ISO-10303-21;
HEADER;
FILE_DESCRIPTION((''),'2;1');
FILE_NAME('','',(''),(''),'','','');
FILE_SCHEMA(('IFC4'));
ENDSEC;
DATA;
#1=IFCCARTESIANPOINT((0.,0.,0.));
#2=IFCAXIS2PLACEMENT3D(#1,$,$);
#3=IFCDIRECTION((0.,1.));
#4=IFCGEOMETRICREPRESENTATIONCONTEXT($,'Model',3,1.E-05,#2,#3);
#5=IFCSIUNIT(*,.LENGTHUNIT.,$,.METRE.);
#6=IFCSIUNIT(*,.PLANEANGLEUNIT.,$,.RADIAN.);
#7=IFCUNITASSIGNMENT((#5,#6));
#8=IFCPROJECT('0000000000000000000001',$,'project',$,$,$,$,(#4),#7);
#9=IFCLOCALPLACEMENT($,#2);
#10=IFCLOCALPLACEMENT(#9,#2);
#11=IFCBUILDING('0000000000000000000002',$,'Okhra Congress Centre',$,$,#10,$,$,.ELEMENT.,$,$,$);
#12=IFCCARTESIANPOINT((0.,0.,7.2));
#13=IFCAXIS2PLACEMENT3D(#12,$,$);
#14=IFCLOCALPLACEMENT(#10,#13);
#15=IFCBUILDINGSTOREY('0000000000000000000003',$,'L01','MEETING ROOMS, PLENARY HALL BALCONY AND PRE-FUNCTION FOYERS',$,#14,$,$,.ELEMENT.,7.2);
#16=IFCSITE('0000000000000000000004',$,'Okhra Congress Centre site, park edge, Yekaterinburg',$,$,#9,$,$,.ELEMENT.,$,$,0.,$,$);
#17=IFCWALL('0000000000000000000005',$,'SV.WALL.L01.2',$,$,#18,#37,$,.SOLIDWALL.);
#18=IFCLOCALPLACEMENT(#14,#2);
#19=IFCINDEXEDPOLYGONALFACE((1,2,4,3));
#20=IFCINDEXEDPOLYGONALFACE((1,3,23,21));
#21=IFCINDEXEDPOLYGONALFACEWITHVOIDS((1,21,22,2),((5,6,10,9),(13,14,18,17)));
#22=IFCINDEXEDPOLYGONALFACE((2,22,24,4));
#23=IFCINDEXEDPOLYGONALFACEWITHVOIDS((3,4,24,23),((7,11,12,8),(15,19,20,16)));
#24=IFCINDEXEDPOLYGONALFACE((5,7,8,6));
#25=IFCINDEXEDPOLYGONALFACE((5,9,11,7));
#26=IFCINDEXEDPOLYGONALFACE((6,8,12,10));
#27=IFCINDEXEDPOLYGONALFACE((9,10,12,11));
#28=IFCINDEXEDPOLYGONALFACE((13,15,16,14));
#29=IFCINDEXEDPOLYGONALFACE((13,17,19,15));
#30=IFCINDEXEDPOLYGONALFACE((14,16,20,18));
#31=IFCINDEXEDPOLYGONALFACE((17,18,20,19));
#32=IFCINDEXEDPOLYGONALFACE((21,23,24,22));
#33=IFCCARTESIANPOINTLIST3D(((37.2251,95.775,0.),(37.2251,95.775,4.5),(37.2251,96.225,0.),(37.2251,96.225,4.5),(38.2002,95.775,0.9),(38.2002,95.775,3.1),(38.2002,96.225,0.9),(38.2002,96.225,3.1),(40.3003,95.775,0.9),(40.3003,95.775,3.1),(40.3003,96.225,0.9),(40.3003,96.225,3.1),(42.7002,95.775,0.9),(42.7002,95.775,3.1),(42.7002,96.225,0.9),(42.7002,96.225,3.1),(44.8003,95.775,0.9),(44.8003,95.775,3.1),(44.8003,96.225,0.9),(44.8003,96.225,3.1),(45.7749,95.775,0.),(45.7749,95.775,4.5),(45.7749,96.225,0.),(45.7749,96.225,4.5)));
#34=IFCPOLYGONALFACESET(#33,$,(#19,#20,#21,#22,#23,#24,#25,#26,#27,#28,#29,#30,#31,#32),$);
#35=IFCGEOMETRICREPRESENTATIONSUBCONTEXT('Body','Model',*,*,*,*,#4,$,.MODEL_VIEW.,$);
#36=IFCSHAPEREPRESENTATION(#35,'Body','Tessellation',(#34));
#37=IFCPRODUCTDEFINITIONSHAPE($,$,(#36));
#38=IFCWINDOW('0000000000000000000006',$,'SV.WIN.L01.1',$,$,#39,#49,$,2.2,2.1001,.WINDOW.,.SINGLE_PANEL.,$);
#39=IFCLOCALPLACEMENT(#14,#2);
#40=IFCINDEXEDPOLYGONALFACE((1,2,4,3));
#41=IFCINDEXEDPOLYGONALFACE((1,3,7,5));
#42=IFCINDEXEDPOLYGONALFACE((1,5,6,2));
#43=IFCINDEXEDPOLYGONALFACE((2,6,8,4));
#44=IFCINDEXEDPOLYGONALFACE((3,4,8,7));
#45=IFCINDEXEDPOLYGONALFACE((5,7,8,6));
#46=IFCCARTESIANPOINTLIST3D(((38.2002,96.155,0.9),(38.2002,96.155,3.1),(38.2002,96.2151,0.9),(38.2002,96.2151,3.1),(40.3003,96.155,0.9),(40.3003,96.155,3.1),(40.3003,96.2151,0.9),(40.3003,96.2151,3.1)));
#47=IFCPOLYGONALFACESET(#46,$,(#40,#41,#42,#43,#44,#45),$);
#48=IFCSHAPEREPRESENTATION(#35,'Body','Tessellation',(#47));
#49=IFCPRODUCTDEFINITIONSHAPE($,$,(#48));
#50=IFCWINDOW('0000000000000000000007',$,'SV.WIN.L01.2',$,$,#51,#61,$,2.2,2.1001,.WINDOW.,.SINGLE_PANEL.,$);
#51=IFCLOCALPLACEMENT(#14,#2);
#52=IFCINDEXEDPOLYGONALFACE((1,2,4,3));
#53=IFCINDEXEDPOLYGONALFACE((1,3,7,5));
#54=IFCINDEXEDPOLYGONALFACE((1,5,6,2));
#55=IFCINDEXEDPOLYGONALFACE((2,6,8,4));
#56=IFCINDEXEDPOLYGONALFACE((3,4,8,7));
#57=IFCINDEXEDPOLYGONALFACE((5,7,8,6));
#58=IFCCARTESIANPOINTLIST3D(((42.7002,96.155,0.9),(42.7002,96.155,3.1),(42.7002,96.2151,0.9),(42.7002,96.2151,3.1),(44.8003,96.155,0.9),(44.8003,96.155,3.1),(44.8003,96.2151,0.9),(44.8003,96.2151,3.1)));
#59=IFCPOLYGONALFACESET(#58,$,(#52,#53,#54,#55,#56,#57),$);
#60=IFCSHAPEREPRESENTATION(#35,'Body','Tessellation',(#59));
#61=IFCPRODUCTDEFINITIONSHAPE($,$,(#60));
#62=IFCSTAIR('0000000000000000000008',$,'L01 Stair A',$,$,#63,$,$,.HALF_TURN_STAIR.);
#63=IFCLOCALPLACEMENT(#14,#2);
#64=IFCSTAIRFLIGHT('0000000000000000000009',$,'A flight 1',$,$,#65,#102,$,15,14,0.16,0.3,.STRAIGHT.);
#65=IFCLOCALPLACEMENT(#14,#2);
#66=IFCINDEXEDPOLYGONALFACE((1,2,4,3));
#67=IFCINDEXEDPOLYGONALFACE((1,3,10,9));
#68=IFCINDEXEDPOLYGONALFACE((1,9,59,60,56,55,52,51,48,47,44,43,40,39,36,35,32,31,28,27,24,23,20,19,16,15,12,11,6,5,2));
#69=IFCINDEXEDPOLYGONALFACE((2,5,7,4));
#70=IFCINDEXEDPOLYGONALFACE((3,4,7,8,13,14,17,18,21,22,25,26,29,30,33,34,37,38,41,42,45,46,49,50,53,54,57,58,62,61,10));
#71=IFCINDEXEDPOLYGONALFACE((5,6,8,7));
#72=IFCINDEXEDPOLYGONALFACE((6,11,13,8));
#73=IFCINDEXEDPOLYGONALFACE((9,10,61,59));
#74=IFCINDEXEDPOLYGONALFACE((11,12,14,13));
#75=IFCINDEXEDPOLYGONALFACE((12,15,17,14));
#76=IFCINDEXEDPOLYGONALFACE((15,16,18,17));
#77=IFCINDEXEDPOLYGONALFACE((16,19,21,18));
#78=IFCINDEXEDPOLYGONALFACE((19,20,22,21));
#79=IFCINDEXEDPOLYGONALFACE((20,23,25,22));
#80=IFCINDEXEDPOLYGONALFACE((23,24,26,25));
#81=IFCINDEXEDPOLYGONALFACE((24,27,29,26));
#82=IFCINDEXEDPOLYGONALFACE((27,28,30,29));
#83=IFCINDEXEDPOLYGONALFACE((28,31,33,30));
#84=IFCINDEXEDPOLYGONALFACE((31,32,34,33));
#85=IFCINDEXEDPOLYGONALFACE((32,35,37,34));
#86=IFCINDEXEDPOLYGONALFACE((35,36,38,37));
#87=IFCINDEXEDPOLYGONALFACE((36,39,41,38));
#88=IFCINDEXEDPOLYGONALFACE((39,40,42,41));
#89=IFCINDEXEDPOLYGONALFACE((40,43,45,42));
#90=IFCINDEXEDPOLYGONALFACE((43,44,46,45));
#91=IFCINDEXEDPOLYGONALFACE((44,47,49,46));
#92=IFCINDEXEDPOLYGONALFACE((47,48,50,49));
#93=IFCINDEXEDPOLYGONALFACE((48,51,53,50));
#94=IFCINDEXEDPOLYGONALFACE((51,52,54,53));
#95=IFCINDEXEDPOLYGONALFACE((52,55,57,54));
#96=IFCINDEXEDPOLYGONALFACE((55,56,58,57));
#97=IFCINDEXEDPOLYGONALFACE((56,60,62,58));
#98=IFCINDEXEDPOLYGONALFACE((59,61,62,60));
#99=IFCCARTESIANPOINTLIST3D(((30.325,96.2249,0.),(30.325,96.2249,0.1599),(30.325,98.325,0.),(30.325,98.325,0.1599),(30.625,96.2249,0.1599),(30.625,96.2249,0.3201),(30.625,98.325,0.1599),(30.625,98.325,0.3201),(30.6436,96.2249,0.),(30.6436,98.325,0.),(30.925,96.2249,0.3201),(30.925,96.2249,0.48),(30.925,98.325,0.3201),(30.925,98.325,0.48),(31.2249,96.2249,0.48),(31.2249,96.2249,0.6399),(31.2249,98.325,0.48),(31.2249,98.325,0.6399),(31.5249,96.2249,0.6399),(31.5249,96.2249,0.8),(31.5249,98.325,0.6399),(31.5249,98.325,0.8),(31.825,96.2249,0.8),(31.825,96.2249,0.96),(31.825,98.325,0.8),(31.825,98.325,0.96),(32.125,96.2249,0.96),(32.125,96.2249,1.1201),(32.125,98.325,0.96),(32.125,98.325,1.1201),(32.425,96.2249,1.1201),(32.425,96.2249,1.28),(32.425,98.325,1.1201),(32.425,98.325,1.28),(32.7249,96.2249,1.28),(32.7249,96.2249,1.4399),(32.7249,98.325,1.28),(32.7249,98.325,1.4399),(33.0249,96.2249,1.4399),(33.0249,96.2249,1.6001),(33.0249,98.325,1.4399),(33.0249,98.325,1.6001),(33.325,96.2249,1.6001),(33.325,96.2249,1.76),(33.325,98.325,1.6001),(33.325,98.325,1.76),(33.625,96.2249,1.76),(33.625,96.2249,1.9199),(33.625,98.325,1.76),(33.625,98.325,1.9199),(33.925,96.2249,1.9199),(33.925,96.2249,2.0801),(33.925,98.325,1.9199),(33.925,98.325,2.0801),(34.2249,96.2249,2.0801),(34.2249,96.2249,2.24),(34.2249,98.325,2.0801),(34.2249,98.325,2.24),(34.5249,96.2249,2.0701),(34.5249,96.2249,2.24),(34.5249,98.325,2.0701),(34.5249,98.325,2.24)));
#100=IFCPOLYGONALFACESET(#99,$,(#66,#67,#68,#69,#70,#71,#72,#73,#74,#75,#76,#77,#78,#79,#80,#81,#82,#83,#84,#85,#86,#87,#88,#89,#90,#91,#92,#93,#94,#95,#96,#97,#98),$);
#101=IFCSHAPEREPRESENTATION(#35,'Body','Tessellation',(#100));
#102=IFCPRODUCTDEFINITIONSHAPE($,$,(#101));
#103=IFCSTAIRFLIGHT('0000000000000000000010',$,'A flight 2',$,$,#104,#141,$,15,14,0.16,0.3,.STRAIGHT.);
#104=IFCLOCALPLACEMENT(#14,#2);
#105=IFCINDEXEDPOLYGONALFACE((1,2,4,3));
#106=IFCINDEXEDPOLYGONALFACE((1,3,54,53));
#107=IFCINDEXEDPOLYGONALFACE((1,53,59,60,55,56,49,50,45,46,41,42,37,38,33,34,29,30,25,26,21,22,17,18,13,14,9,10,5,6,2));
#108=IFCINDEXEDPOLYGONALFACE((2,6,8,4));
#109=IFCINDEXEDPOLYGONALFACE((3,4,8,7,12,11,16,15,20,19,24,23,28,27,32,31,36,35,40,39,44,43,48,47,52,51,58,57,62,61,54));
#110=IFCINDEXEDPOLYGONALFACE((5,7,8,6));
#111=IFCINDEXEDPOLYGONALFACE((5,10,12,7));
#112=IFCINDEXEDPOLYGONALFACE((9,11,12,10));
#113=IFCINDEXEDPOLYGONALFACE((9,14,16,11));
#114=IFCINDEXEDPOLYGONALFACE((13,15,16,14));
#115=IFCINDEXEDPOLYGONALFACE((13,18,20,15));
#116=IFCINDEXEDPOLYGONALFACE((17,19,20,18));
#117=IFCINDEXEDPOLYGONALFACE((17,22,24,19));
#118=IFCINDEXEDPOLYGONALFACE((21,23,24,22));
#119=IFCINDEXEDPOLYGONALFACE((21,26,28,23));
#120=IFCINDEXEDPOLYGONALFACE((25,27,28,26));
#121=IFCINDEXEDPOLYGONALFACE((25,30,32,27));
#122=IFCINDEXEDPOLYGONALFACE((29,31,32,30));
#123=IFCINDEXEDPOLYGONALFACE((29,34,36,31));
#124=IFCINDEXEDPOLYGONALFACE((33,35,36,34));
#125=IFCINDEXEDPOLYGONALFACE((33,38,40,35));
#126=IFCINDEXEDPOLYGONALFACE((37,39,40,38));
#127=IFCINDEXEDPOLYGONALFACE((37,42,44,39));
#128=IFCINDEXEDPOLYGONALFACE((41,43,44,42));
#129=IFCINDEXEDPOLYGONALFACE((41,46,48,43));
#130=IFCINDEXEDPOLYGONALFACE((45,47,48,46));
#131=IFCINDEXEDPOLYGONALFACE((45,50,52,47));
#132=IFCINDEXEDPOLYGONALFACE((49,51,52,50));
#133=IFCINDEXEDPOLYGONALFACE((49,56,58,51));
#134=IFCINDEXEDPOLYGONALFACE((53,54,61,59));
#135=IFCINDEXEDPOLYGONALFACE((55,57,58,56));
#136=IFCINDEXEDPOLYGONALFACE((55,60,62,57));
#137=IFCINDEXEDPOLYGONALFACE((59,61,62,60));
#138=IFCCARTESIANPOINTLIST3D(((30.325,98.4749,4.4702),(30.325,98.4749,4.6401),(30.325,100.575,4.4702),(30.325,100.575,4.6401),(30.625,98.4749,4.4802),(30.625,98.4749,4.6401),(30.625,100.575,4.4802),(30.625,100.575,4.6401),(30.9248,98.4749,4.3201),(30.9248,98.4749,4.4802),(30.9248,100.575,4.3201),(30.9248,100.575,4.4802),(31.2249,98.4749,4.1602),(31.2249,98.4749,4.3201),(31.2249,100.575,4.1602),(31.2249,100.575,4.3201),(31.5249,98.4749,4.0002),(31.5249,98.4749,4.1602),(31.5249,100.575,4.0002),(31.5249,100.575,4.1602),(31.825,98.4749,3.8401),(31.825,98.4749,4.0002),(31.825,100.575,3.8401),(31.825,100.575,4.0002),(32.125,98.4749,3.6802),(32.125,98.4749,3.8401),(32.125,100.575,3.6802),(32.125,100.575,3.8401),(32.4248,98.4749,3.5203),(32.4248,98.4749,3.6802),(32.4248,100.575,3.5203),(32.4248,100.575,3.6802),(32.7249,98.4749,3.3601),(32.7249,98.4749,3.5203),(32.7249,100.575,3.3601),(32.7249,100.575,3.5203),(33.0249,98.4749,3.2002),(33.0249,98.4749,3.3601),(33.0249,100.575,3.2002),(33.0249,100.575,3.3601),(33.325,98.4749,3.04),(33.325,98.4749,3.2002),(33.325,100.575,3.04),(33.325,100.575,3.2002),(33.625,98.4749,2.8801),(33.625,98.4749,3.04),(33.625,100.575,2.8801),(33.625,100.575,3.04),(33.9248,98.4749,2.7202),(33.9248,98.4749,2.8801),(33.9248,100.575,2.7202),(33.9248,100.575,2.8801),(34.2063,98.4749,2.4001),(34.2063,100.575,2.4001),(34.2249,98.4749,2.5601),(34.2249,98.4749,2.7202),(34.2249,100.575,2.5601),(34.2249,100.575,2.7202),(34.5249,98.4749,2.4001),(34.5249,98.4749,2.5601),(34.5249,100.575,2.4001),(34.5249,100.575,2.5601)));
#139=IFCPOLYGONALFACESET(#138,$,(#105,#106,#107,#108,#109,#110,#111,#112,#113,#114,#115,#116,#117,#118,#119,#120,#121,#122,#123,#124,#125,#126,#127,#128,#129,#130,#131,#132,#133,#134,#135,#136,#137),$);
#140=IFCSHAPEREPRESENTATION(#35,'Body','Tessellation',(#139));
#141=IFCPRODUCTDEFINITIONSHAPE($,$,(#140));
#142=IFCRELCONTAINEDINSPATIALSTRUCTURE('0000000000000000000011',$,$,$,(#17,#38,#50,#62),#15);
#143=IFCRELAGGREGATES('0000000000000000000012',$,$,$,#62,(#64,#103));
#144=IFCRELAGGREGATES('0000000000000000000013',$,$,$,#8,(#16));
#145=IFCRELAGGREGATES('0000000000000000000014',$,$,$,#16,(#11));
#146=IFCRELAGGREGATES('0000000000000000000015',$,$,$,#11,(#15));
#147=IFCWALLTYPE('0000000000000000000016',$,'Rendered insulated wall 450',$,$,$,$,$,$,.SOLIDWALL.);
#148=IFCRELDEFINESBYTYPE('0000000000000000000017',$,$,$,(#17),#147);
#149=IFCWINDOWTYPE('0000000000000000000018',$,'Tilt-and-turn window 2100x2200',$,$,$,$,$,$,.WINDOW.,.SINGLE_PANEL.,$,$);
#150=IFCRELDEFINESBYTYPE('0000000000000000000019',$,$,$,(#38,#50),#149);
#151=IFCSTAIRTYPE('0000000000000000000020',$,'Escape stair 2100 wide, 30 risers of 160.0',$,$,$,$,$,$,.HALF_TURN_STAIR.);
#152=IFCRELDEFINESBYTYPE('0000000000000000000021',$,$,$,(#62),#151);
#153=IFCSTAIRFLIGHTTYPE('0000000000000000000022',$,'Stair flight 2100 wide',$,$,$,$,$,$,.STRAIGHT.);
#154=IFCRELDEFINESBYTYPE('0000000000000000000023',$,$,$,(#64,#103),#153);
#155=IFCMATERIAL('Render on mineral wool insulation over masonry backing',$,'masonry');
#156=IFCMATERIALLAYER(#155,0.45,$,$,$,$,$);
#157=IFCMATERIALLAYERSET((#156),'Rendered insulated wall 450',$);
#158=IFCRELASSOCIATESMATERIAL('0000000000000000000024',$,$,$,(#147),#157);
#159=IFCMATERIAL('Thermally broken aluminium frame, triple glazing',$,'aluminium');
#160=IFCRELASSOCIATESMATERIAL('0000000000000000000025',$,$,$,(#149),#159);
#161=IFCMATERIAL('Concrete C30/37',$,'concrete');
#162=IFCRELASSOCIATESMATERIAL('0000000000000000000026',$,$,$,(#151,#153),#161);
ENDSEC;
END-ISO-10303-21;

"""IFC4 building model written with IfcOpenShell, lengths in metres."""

from ifc_helpers import new_model, si_unit, direction, frame, frame_2d, origin, place, context, subcontext, project, spatial, polyline, rectangle, outline, extrude, material, layer, layer_set, type_object, element, fill, aggregate, save


model = new_model("IFC4")

# Units and contexts
model_context = context("Model", 3, precision=1e-05, world=origin(), true_north=direction((0.0, 1.0)))
body_context = subcontext(model_context, "Body", "Model", "MODEL_VIEW")
ifc_project = project(units=[si_unit("LENGTHUNIT", "METRE"), si_unit("PLANEANGLEUNIT", "RADIAN")], contexts=[model_context])

# Site, building, storey
site_placement = place(None, origin())
site = spatial("IfcSite", under=ifc_project, at=site_placement, Name="Okhra Congress Centre site, park edge, Yekaterinburg", CompositionType="ELEMENT", RefElevation=0.0)
building_placement = place(site_placement, origin())
building = spatial("IfcBuilding", under=site, at=building_placement, Name="Okhra Congress Centre", CompositionType="ELEMENT")
storey_placement = place(building_placement, frame((0.0, 0.0, 7.2)))
storey = spatial("IfcBuildingStorey", under=building, at=storey_placement, Name="L01", Description="MEETING ROOMS, PLENARY HALL BALCONY AND PRE-FUNCTION FOYERS", CompositionType="ELEMENT", Elevation=7.2)

# Wall, openings, windows
ifc_material_1 = material(Name="Render on mineral wool insulation over masonry backing", Category="masonry")
ifc_layer_1 = layer(ifc_material_1, 0.45)
ifc_layer_set_1 = layer_set([ifc_layer_1], Name="Rendered insulated wall 450")
wall_type_1 = type_object("IfcWallType", Name="Rendered insulated wall 450", PredefinedType="SOLIDWALL", material=ifc_layer_set_1)
wall_1_placement = place(storey_placement, frame((37.2251, 96.0, 0.0), z_axis=(0.0, 0.0, 1.0), x_axis=(1.0, 0.0, 0.0)))
wall_1 = element("IfcWall", 1, at=wall_1_placement, inside=storey, type_object=wall_type_1, Name="SV.WALL.L01.2", PredefinedType="SOLIDWALL", context=body_context, shape_type="SweptSolid", body=[
    extrude(rectangle(XDim=8.5498, YDim=0.45, at=frame_2d((4.2749, 0.0))), origin(), (0.0, 0.0, 1.0), 4.5),
])
opening_1_placement = place(wall_1_placement, frame((0.9751, 0.0, 0.8999)))
opening_1 = element("IfcOpeningElement", 2, at=opening_1_placement, cuts=wall_1, PredefinedType="OPENING", context=body_context, shape_type="SweptSolid", body=[
    extrude(rectangle(XDim=2.1001, YDim=2.2, at=frame_2d((1.05, 1.1001))), frame((0.0, 0.2349, 0.0), z_axis=(0.0, -1.0, 0.0), x_axis=(1.0, 0.0, 0.0)), (0.0, 0.0, 1.0), 0.47),
])
opening_2_placement = place(wall_1_placement, frame((5.4751, 0.0, 0.8999)))
opening_2 = element("IfcOpeningElement", 3, at=opening_2_placement, cuts=wall_1, PredefinedType="OPENING", context=body_context, shape_type="SweptSolid", body=[
    extrude(rectangle(XDim=2.1001, YDim=2.2, at=frame_2d((1.05, 1.1001))), frame((0.0, 0.2349, 0.0), z_axis=(0.0, -1.0, 0.0), x_axis=(1.0, 0.0, 0.0)), (0.0, 0.0, 1.0), 0.47),
])
ifc_material_2 = material(Name="Thermally broken aluminium frame, triple glazing", Category="aluminium")
window_type = type_object("IfcWindowType", Name="Tilt-and-turn window 2100x2200", PartitioningType="SINGLE_PANEL", PredefinedType="WINDOW", material=ifc_material_2)
window_1_placement = place(opening_1_placement, origin())
window_1 = element("IfcWindow", 4, at=window_1_placement, inside=storey, type_object=window_type, Name="SV.WIN.L01.1", OverallHeight=2.2, OverallWidth=2.1001, PartitioningType="SINGLE_PANEL", PredefinedType="WINDOW", context=body_context, shape_type="SweptSolid", body=[
    extrude(rectangle(XDim=2.1001, YDim=2.2, at=frame_2d((1.05, 1.1001))), frame((0.0, 0.2151, 0.0), z_axis=(0.0, -1.0, 0.0), x_axis=(1.0, 0.0, 0.0)), (0.0, 0.0, 1.0), 0.0601),
])
fill(opening_1, window_1)
window_2_placement = place(opening_2_placement, origin())
window_2 = element("IfcWindow", 5, at=window_2_placement, inside=storey, type_object=window_type, Name="SV.WIN.L01.2", OverallHeight=2.2, OverallWidth=2.1001, PartitioningType="SINGLE_PANEL", PredefinedType="WINDOW", context=body_context, shape_type="SweptSolid", body=[
    extrude(rectangle(XDim=2.1001, YDim=2.2, at=frame_2d((1.05, 1.1001))), frame((0.0, 0.2151, 0.0), z_axis=(0.0, -1.0, 0.0), x_axis=(1.0, 0.0, 0.0)), (0.0, 0.0, 1.0), 0.0601),
])
fill(opening_2, window_2)

# Stair, stair flights
ifc_material_3 = material(Name="Concrete C30/37", Category="concrete")
stair_type = type_object("IfcStairType", Name="Escape stair 2100 wide, 30 risers of 160.0", PredefinedType="HALF_TURN_STAIR", material=ifc_material_3)
stair_placement = place(storey_placement, origin())
stair = element("IfcStair", 6, at=stair_placement, inside=storey, type_object=stair_type, Name="L01 Stair A", PredefinedType="HALF_TURN_STAIR")
stair_flight_type = type_object("IfcStairFlightType", Name="Stair flight 2100 wide", PredefinedType="STRAIGHT", material=ifc_material_3)
stair_flight_1_placement = place(storey_placement, frame((30.325, 97.2749, 0.0), z_axis=(0.0, 0.0, 1.0), x_axis=(1.0, 0.0, 0.0)))
stair_flight_1 = element("IfcStairFlight", 7, at=stair_flight_1_placement, type_object=stair_flight_type, Name="A flight 1", NumberOfRisers=15, NumberOfTreads=14, PredefinedType="STRAIGHT", RiserHeight=0.16, TreadLength=0.3, context=body_context, shape_type="SweptSolid", body=[
    extrude(outline(polyline([(0.0, 0.0), (0.0, 0.1599), (0.3, 0.1599), (0.3, 0.3201), (0.6001, 0.3201), (0.6001, 0.48), (0.8999, 0.48), (0.8999, 0.6399), (1.2, 0.6399), (1.2, 0.8), (1.5, 0.8), (1.5, 0.96), (1.8, 0.96), (1.8, 1.1201), (2.1001, 1.1201), (2.1001, 1.28), (2.3999, 1.28), (2.3999, 1.4399), (2.7, 1.4399), (2.7, 1.6001), (3.0, 1.6001), (3.0, 1.76), (3.3, 1.76), (3.3, 1.9199), (3.6001, 1.9199), (3.6001, 2.0801), (3.8999, 2.0801), (3.8999, 2.24), (4.2, 2.24), (4.2, 2.3999), (4.2, 2.0701), (0.3186, 0.0), (0.0, 0.0)])), frame((0.0, 1.05, 0.0), z_axis=(0.0, -1.0, 0.0), x_axis=(1.0, 0.0, 0.0)), (0.0, 0.0, 1.0), 2.1001),
])
stair_flight_2_placement = place(storey_placement, frame((34.5249, 99.5249, 2.4001), z_axis=(0.0, 0.0, 1.0), x_axis=(-1.0, 0.0, 0.0)))
stair_flight_2 = element("IfcStairFlight", 8, at=stair_flight_2_placement, type_object=stair_flight_type, Name="A flight 2", NumberOfRisers=15, NumberOfTreads=14, PredefinedType="STRAIGHT", RiserHeight=0.16, TreadLength=0.3, context=body_context, shape_type="SweptSolid", body=[
    extrude(outline(polyline([(0.0, 0.0), (0.0, 0.1599), (0.3, 0.1599), (0.3, 0.3201), (0.6001, 0.3201), (0.6001, 0.48), (0.8999, 0.48), (0.8999, 0.6399), (1.2, 0.6399), (1.2, 0.8), (1.5, 0.8), (1.5, 0.96), (1.8, 0.96), (1.8, 1.1201), (2.1001, 1.1201), (2.1001, 1.28), (2.3999, 1.28), (2.3999, 1.4399), (2.7, 1.4399), (2.7, 1.6001), (3.0, 1.6001), (3.0, 1.76), (3.3, 1.76), (3.3, 1.9199), (3.6001, 1.9199), (3.6001, 2.0801), (3.8999, 2.0801), (3.8999, 2.24), (4.2, 2.24), (4.2, 2.3999), (4.2, 2.0701), (0.3186, 0.0), (0.0, 0.0)])), frame((0.0, 1.05, 0.0), z_axis=(0.0, -1.0, 0.0), x_axis=(1.0, 0.0, 0.0)), (0.0, 0.0, 1.0), 2.1001),
])
aggregate(stair, [stair_flight_1, stair_flight_2])

save(model, "model.ifc")
